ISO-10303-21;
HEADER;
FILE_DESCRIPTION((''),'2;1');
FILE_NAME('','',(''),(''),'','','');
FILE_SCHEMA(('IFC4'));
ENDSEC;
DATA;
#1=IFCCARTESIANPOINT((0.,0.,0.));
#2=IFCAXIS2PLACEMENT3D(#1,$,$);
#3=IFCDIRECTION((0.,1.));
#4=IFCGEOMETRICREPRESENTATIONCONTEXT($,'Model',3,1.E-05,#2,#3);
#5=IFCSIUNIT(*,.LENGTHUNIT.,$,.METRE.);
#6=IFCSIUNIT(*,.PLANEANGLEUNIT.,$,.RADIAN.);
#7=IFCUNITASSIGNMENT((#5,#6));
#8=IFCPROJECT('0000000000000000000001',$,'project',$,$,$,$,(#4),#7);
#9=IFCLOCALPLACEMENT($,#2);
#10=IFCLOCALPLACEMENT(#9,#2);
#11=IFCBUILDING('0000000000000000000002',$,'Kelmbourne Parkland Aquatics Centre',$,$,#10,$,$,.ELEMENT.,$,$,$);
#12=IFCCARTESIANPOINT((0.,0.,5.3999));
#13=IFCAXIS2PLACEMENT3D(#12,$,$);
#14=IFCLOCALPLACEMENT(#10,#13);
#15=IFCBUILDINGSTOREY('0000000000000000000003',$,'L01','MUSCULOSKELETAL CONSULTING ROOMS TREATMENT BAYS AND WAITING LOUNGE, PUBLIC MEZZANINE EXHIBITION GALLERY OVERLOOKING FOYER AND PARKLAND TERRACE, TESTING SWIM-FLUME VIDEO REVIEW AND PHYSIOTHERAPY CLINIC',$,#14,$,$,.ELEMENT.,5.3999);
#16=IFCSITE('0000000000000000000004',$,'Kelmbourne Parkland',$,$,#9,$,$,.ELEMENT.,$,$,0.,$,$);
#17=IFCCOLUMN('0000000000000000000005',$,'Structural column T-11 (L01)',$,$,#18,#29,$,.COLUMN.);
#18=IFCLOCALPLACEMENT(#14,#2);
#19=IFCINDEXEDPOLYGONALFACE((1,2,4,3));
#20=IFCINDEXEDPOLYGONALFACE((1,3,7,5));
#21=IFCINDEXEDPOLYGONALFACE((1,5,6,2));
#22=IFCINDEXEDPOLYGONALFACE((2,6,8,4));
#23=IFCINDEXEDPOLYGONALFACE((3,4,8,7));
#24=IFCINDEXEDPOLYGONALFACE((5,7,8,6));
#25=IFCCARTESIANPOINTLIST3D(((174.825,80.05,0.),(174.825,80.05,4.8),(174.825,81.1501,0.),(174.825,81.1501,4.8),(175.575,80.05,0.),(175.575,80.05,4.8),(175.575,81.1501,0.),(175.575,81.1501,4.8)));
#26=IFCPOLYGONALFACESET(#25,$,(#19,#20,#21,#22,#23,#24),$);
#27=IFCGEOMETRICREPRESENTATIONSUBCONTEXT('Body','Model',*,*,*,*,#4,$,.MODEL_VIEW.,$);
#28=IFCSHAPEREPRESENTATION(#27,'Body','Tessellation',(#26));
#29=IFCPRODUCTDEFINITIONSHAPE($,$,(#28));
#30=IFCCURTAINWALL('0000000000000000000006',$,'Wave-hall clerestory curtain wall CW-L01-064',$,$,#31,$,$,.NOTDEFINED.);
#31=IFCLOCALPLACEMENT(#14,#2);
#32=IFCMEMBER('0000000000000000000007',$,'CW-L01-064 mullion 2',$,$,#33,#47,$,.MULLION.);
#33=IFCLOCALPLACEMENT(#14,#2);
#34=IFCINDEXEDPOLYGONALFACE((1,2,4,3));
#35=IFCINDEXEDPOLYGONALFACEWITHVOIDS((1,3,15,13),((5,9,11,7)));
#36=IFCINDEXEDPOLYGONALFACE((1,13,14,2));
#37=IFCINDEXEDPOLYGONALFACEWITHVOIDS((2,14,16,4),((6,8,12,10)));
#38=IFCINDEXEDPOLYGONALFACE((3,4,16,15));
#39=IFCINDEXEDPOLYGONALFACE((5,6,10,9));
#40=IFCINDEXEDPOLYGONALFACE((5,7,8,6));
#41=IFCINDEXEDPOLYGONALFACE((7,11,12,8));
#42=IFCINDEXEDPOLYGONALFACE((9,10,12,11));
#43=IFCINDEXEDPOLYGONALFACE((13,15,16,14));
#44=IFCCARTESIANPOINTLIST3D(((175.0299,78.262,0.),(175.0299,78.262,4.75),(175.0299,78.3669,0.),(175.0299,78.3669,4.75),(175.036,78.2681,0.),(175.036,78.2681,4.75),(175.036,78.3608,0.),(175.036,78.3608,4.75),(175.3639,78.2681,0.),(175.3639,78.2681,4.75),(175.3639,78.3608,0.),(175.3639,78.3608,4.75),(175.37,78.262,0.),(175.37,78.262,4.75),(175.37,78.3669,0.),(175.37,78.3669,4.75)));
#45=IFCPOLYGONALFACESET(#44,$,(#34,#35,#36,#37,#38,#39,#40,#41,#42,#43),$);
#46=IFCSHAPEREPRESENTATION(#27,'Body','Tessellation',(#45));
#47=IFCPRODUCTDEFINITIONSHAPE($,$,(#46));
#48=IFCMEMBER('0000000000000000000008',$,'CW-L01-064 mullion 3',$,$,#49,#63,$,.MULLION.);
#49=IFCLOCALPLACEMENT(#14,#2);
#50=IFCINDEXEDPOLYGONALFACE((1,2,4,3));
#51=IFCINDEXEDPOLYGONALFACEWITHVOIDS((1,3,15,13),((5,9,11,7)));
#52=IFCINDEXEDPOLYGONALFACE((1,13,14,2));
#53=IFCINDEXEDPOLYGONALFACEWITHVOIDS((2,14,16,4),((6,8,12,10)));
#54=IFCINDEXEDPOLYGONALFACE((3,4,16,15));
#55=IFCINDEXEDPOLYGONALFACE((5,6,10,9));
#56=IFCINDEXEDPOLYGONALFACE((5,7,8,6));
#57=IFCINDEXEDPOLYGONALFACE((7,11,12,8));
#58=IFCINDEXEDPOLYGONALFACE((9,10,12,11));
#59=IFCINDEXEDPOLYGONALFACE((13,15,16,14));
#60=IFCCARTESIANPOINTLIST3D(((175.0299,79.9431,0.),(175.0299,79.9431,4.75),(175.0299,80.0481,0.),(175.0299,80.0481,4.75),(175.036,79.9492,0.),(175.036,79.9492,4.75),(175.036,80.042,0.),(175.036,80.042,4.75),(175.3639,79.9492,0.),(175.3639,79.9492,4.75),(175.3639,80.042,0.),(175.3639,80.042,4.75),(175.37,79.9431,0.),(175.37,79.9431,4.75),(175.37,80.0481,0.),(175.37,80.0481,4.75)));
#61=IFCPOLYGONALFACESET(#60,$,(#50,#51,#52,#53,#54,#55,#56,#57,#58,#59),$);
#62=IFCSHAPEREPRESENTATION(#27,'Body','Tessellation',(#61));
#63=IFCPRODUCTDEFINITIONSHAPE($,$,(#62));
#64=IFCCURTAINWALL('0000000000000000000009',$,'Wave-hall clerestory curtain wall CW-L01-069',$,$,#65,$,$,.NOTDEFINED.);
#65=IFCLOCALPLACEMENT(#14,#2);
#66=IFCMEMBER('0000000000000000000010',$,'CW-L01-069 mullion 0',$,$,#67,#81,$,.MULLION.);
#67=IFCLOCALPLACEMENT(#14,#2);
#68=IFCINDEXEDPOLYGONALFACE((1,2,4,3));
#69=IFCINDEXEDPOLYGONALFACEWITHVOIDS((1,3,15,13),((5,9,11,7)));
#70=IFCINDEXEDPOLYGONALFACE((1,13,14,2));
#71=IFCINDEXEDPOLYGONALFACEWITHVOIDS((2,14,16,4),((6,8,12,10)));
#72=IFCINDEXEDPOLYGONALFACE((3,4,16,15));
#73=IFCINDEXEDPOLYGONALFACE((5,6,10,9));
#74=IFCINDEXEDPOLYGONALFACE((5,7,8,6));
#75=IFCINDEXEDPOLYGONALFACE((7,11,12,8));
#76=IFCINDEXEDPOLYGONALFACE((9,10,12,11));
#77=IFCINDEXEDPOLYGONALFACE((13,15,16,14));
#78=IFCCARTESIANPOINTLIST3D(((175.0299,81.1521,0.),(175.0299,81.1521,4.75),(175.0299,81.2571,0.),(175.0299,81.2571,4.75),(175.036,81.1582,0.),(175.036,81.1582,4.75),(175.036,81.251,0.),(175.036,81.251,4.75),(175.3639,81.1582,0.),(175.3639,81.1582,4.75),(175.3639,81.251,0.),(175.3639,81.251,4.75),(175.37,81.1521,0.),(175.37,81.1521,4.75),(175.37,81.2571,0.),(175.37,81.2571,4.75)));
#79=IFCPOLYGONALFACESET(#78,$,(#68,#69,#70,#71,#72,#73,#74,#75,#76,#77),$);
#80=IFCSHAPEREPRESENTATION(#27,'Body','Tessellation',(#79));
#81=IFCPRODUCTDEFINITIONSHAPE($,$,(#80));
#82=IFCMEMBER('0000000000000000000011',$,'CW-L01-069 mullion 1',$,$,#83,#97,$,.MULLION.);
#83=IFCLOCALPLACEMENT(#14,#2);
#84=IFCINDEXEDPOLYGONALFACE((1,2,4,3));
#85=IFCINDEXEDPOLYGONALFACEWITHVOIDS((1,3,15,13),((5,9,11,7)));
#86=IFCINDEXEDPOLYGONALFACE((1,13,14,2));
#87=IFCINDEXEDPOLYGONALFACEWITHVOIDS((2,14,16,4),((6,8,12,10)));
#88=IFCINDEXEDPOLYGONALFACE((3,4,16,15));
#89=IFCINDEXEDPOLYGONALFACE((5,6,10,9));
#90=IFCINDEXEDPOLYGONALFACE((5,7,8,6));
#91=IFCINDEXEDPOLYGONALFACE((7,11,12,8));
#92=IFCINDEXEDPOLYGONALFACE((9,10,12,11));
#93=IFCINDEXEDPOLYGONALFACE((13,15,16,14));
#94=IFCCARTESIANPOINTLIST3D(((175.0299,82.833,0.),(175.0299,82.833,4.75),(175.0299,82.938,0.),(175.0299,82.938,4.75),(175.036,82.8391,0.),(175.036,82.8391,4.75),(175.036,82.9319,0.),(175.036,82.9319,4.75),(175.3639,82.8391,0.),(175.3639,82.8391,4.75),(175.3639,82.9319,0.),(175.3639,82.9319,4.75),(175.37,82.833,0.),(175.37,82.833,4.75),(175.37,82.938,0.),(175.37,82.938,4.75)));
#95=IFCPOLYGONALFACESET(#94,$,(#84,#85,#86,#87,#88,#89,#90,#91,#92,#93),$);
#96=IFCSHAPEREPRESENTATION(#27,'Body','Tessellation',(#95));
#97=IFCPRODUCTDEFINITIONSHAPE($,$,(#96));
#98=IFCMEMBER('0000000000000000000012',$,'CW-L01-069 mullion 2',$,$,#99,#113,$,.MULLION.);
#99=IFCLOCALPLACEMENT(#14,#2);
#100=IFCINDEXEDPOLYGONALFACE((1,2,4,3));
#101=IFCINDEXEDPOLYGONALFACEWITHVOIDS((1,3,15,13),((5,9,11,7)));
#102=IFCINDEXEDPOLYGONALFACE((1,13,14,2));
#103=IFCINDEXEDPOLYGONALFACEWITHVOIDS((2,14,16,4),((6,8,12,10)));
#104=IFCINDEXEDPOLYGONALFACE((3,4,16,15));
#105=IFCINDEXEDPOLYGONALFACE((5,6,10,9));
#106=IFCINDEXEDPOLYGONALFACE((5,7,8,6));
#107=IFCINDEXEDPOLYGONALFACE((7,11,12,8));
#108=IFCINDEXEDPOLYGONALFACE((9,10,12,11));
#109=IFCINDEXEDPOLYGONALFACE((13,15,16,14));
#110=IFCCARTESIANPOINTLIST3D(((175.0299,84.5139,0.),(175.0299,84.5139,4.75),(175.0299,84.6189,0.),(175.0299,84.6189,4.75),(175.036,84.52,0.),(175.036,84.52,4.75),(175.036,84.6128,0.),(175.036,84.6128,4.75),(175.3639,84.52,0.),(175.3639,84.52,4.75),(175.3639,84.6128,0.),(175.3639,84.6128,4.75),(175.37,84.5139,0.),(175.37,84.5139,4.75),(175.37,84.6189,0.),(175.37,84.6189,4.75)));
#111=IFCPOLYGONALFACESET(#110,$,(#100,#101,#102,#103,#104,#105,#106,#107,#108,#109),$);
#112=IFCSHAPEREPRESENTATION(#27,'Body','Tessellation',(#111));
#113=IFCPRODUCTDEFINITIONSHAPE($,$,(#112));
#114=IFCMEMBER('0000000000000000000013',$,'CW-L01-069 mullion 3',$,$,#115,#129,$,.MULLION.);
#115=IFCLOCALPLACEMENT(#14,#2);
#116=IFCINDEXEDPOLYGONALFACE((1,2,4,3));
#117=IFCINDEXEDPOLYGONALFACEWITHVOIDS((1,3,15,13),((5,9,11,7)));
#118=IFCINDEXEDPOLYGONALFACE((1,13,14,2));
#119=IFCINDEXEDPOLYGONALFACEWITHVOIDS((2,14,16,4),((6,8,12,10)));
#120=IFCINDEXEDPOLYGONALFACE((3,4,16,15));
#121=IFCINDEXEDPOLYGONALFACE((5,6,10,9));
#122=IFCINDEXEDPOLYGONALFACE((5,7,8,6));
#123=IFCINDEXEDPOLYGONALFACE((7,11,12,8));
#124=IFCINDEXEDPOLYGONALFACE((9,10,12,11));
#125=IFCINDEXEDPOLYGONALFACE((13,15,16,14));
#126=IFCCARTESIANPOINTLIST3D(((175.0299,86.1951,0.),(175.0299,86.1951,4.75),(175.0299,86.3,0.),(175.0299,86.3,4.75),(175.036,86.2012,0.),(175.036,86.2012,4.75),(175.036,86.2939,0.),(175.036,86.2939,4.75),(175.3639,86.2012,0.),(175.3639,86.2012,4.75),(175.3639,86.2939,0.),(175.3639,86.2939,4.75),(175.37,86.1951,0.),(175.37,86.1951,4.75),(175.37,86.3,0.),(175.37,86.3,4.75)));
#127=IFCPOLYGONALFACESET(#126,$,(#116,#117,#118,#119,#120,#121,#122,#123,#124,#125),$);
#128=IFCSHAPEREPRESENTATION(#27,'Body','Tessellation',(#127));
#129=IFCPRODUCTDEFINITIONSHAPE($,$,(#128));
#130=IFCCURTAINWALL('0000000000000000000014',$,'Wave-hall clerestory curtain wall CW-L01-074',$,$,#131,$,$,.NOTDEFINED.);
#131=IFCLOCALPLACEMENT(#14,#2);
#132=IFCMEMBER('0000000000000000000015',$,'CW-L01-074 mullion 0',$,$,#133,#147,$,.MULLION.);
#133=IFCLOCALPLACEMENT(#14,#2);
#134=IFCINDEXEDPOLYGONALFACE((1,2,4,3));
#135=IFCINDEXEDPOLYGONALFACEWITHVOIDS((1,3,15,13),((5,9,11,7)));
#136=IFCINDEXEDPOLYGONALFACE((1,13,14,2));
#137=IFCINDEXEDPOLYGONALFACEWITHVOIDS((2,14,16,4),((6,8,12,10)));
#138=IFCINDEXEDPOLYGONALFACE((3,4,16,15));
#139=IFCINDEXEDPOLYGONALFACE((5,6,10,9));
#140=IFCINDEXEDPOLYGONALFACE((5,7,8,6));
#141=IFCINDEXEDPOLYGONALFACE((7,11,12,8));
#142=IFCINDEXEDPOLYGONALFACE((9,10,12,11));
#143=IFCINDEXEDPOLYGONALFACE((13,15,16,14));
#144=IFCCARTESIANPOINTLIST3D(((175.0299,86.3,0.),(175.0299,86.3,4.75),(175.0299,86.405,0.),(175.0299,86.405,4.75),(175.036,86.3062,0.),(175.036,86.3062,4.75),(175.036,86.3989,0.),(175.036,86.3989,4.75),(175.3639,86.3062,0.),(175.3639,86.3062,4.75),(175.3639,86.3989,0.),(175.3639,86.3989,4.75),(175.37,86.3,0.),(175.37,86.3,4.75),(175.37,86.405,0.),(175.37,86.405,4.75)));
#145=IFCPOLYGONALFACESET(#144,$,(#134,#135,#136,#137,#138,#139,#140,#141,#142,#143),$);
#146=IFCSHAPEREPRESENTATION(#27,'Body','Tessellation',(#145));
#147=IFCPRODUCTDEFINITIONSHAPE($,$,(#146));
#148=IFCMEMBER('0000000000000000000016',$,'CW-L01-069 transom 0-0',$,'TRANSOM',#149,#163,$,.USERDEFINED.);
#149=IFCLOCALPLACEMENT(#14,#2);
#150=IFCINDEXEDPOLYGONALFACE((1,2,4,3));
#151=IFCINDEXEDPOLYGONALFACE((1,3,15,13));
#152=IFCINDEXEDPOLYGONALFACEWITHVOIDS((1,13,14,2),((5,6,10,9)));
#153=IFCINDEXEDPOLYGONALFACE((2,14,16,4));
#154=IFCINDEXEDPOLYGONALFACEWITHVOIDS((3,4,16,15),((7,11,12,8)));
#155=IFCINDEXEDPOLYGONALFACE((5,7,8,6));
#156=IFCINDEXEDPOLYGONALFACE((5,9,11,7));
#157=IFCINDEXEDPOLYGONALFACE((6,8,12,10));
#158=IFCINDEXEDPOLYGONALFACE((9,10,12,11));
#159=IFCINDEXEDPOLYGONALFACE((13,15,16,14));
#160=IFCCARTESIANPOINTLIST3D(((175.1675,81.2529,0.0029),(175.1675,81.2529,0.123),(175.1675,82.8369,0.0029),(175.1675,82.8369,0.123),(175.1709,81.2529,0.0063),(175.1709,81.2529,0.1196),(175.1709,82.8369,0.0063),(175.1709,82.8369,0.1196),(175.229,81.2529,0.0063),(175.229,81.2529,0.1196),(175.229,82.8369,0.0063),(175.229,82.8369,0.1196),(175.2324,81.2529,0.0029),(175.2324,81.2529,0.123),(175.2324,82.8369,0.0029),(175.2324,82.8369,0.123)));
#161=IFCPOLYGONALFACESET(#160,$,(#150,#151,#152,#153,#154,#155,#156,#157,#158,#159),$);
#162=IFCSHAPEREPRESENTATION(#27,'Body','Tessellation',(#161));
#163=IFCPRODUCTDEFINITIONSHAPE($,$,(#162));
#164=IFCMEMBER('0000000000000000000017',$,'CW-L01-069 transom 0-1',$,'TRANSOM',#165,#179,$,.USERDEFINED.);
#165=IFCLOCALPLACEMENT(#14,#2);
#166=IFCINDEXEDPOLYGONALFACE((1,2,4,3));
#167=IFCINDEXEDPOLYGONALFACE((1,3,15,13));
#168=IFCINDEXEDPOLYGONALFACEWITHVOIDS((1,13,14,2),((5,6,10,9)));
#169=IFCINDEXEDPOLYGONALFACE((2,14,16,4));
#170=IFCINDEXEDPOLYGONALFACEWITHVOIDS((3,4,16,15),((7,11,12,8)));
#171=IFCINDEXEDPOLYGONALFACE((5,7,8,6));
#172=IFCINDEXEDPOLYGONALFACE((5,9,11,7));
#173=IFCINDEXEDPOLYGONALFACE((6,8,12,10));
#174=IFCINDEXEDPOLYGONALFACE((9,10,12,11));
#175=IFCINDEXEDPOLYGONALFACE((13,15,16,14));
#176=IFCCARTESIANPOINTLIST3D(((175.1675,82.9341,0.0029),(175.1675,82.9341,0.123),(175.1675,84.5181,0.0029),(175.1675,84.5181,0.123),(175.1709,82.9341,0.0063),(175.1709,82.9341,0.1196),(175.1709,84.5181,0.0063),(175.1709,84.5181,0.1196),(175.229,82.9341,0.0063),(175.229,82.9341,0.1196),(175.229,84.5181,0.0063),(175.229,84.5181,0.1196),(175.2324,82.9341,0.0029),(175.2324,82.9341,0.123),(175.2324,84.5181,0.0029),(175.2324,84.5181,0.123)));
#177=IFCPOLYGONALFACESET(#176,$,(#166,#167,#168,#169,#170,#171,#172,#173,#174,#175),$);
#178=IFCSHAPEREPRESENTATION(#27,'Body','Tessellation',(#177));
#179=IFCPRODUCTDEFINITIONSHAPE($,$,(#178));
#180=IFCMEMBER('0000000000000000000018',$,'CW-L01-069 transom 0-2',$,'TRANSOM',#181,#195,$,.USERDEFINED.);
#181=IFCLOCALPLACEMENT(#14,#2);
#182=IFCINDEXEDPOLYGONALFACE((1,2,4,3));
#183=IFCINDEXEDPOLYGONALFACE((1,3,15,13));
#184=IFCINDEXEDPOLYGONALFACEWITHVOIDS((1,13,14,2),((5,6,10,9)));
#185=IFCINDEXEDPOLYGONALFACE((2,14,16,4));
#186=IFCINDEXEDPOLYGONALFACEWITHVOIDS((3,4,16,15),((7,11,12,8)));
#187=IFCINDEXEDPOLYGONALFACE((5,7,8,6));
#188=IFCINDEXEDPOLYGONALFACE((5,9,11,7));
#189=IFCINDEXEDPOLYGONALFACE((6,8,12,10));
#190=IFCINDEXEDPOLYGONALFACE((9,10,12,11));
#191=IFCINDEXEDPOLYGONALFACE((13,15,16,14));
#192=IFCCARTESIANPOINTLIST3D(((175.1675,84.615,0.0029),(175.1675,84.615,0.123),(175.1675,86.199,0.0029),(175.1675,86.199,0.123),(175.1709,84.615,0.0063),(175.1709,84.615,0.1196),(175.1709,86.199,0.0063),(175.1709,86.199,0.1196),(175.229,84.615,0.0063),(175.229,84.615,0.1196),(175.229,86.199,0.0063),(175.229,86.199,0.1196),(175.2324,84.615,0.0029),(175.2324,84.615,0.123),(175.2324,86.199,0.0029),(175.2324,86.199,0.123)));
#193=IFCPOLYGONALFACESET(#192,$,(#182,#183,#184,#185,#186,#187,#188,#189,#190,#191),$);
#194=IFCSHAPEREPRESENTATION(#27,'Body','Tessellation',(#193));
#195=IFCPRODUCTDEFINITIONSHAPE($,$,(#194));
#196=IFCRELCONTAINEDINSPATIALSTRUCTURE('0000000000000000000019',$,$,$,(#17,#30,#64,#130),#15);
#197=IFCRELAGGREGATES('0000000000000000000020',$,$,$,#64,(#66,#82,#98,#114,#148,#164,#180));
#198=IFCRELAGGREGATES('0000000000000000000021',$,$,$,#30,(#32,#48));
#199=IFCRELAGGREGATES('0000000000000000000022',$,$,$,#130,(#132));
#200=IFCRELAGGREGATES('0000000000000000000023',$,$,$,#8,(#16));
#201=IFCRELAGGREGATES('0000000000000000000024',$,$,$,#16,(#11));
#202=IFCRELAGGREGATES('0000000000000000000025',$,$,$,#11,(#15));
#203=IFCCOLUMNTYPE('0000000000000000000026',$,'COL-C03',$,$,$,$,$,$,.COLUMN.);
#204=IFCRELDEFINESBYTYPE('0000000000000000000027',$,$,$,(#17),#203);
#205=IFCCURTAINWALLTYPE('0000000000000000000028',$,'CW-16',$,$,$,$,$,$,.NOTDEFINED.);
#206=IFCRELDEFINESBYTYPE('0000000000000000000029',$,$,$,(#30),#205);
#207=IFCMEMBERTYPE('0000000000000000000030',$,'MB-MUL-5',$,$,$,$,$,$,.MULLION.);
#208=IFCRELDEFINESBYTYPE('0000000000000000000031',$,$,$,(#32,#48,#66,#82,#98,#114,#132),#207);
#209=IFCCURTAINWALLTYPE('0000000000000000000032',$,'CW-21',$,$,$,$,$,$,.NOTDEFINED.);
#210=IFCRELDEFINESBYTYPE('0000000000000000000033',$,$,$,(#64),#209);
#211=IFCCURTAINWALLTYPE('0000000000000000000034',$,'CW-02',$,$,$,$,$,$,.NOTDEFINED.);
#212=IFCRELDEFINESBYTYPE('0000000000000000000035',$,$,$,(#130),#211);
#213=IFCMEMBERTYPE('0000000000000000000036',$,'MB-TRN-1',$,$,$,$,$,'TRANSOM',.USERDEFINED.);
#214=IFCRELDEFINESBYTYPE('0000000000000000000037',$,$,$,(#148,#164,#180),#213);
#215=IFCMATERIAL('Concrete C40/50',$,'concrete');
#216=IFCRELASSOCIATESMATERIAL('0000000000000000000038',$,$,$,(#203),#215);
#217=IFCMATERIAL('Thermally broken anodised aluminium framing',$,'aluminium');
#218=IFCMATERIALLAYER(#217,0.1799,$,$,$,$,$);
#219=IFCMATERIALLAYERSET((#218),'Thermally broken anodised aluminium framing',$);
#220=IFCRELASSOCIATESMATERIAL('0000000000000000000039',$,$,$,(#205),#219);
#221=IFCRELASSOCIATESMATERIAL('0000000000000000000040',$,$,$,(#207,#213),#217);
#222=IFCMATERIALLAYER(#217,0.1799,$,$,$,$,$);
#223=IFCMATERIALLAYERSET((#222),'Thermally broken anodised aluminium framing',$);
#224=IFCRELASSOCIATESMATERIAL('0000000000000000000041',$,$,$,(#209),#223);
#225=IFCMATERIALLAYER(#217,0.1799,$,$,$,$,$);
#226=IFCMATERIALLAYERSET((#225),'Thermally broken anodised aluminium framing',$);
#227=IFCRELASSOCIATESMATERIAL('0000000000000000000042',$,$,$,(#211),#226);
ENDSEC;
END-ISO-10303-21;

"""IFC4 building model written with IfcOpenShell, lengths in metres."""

from ifc_helpers import new_model, si_unit, direction, frame, origin, origin_2d, place, context, subcontext, project, spatial, rectangle, hollow_rectangle, extrude, material, layer, layer_set, material_profile, profile_set, type_object, element, aggregate, save


model = new_model("IFC4")

# Units and contexts
model_context = context("Model", 3, precision=1e-05, world=origin(), true_north=direction((0.0, 1.0)))
body_context = subcontext(model_context, "Body", "Model", "MODEL_VIEW")
ifc_project = project(units=[si_unit("LENGTHUNIT", "METRE"), si_unit("PLANEANGLEUNIT", "RADIAN")], contexts=[model_context])

# Site, building, storey
site_placement = place(None, origin())
site = spatial("IfcSite", under=ifc_project, at=site_placement, Name="Kelmbourne Parkland", CompositionType="ELEMENT", RefElevation=0.0)
building_placement = place(site_placement, origin())
building = spatial("IfcBuilding", under=site, at=building_placement, Name="Kelmbourne Parkland Aquatics Centre", CompositionType="ELEMENT")
storey_placement = place(building_placement, frame((0.0, 0.0, 5.3999)))
storey = spatial("IfcBuildingStorey", under=building, at=storey_placement, Name="L01", Description="MUSCULOSKELETAL CONSULTING ROOMS TREATMENT BAYS AND WAITING LOUNGE, PUBLIC MEZZANINE EXHIBITION GALLERY OVERLOOKING FOYER AND PARKLAND TERRACE, TESTING SWIM-FLUME VIDEO REVIEW AND PHYSIOTHERAPY CLINIC", CompositionType="ELEMENT", Elevation=5.3999)

# Column
ifc_material_1 = material(Name="Concrete C40/50", Category="concrete")
ifc_material_profile_1 = material_profile(ifc_material_1, rectangle(XDim=0.75, YDim=1.1001, at=origin_2d()), Name="RC 750x1100")
ifc_profile_set_1 = profile_set([ifc_material_profile_1], Name="Concrete C40/50")
column_type = type_object("IfcColumnType", Name="COL-C03", PredefinedType="COLUMN", material=ifc_profile_set_1)
column_placement = place(storey_placement, frame((175.2, 80.6001, 0.0), z_axis=(0.0, 0.0, 1.0), x_axis=(1.0, 0.0, 0.0)))
element("IfcColumn", 1, at=column_placement, inside=storey, type_object=column_type, Name="Structural column T-11 (L01)", PredefinedType="COLUMN", context=body_context, shape_type="SweptSolid", body=[
    extrude(rectangle(XDim=0.75, YDim=1.1001, at=origin_2d()), origin(), (0.0, 0.0, 1.0), 4.8),
])

# Curtain walls, members
ifc_material_2 = material(Name="Thermally broken anodised aluminium framing", Category="aluminium")
ifc_layer_1 = layer(ifc_material_2, 0.1799)
ifc_layer_set_1 = layer_set([ifc_layer_1], Name="Thermally broken anodised aluminium framing")
curtain_wall_type_1 = type_object("IfcCurtainWallType", Name="CW-16", PredefinedType="NOTDEFINED", material=ifc_layer_set_1)
curtain_wall_1_placement = place(storey_placement, origin())
curtain_wall_1 = element("IfcCurtainWall", 2, at=curtain_wall_1_placement, inside=storey, type_object=curtain_wall_type_1, Name="Wave-hall clerestory curtain wall CW-L01-064", PredefinedType="NOTDEFINED")
ifc_material_profile_2 = material_profile(ifc_material_2, hollow_rectangle(XDim=0.105, YDim=0.3401, WallThickness=0.0061, at=origin_2d()), Name="CW-M 105x340")
ifc_profile_set_2 = profile_set([ifc_material_profile_2], Name="Thermally broken anodised aluminium framing")
member_type_1 = type_object("IfcMemberType", Name="MB-MUL-5", PredefinedType="MULLION", material=ifc_profile_set_2)
member_1_placement = place(storey_placement, frame((175.2, 78.3145, 0.0), z_axis=(0.0, 0.0, 1.0), x_axis=(0.0, 1.0, 0.0)))
member_1 = element("IfcMember", 3, at=member_1_placement, type_object=member_type_1, Name="CW-L01-064 mullion 2", PredefinedType="MULLION", context=body_context, shape_type="SweptSolid", body=[
    extrude(hollow_rectangle(XDim=0.105, YDim=0.3401, WallThickness=0.0061, at=origin_2d()), origin(), (0.0, 0.0, 1.0), 4.75),
])
member_2_placement = place(storey_placement, frame((175.2, 79.9956, 0.0), z_axis=(0.0, 0.0, 1.0), x_axis=(0.0, 1.0, 0.0)))
member_2 = element("IfcMember", 4, at=member_2_placement, type_object=member_type_1, Name="CW-L01-064 mullion 3", PredefinedType="MULLION", context=body_context, shape_type="SweptSolid", body=[
    extrude(hollow_rectangle(XDim=0.105, YDim=0.3401, WallThickness=0.0061, at=origin_2d()), origin(), (0.0, 0.0, 1.0), 4.75),
])
ifc_layer_2 = layer(ifc_material_2, 0.1799)
ifc_layer_set_2 = layer_set([ifc_layer_2], Name="Thermally broken anodised aluminium framing")
curtain_wall_type_2 = type_object("IfcCurtainWallType", Name="CW-21", PredefinedType="NOTDEFINED", material=ifc_layer_set_2)
curtain_wall_2_placement = place(storey_placement, origin())
curtain_wall_2 = element("IfcCurtainWall", 5, at=curtain_wall_2_placement, inside=storey, type_object=curtain_wall_type_2, Name="Wave-hall clerestory curtain wall CW-L01-069", PredefinedType="NOTDEFINED")
member_3_placement = place(storey_placement, frame((175.2, 81.2046, 0.0), z_axis=(0.0, 0.0, 1.0), x_axis=(0.0, 1.0, 0.0)))
member_3 = element("IfcMember", 6, at=member_3_placement, type_object=member_type_1, Name="CW-L01-069 mullion 0", PredefinedType="MULLION", context=body_context, shape_type="SweptSolid", body=[
    extrude(hollow_rectangle(XDim=0.105, YDim=0.3401, WallThickness=0.0061, at=origin_2d()), origin(), (0.0, 0.0, 1.0), 4.75),
])
member_4_placement = place(storey_placement, frame((175.2, 82.8855, 0.0), z_axis=(0.0, 0.0, 1.0), x_axis=(0.0, 1.0, 0.0)))
member_4 = element("IfcMember", 7, at=member_4_placement, type_object=member_type_1, Name="CW-L01-069 mullion 1", PredefinedType="MULLION", context=body_context, shape_type="SweptSolid", body=[
    extrude(hollow_rectangle(XDim=0.105, YDim=0.3401, WallThickness=0.0061, at=origin_2d()), origin(), (0.0, 0.0, 1.0), 4.75),
])
member_5_placement = place(storey_placement, frame((175.2, 84.5664, 0.0), z_axis=(0.0, 0.0, 1.0), x_axis=(0.0, 1.0, 0.0)))
member_5 = element("IfcMember", 8, at=member_5_placement, type_object=member_type_1, Name="CW-L01-069 mullion 2", PredefinedType="MULLION", context=body_context, shape_type="SweptSolid", body=[
    extrude(hollow_rectangle(XDim=0.105, YDim=0.3401, WallThickness=0.0061, at=origin_2d()), origin(), (0.0, 0.0, 1.0), 4.75),
])
member_6_placement = place(storey_placement, frame((175.2, 86.2476, 0.0), z_axis=(0.0, 0.0, 1.0), x_axis=(0.0, 1.0, 0.0)))
member_6 = element("IfcMember", 9, at=member_6_placement, type_object=member_type_1, Name="CW-L01-069 mullion 3", PredefinedType="MULLION", context=body_context, shape_type="SweptSolid", body=[
    extrude(hollow_rectangle(XDim=0.105, YDim=0.3401, WallThickness=0.0061, at=origin_2d()), origin(), (0.0, 0.0, 1.0), 4.75),
])

# Curtain wall, member
ifc_layer_3 = layer(ifc_material_2, 0.1799)
ifc_layer_set_3 = layer_set([ifc_layer_3], Name="Thermally broken anodised aluminium framing")
curtain_wall_type_3 = type_object("IfcCurtainWallType", Name="CW-02", PredefinedType="NOTDEFINED", material=ifc_layer_set_3)
curtain_wall_3_placement = place(storey_placement, origin())
curtain_wall_3 = element("IfcCurtainWall", 10, at=curtain_wall_3_placement, inside=storey, type_object=curtain_wall_type_3, Name="Wave-hall clerestory curtain wall CW-L01-074", PredefinedType="NOTDEFINED")
member_7_placement = place(storey_placement, frame((175.2, 86.3525, 0.0), z_axis=(0.0, 0.0, 1.0), x_axis=(0.0, 1.0, 0.0)))
member_7 = element("IfcMember", 11, at=member_7_placement, type_object=member_type_1, Name="CW-L01-074 mullion 0", PredefinedType="MULLION", context=body_context, shape_type="SweptSolid", body=[
    extrude(hollow_rectangle(XDim=0.105, YDim=0.3401, WallThickness=0.0061, at=origin_2d()), origin(), (0.0, 0.0, 1.0), 4.75),
])

# Members
ifc_material_profile_3 = material_profile(ifc_material_2, hollow_rectangle(XDim=0.0649, YDim=0.1201, WallThickness=0.0034, at=origin_2d()), Name="CW-T 65x120")
ifc_profile_set_3 = profile_set([ifc_material_profile_3], Name="Thermally broken anodised aluminium framing")
member_type_2 = type_object("IfcMemberType", Name="MB-TRN-1", ElementType="TRANSOM", PredefinedType="USERDEFINED", material=ifc_profile_set_3)
member_8_placement = place(storey_placement, frame((175.2, 81.2529, 0.063), z_axis=(0.0, 1.0, 0.0), x_axis=(-1.0, 0.0, 0.0)))
member_8 = element("IfcMember", 12, at=member_8_placement, type_object=member_type_2, Name="CW-L01-069 transom 0-0", ObjectType="TRANSOM", PredefinedType="USERDEFINED", context=body_context, shape_type="SweptSolid", body=[
    extrude(hollow_rectangle(XDim=0.0649, YDim=0.1201, WallThickness=0.0034, at=origin_2d()), origin(), (0.0, 0.0, 1.0), 1.584),
])
member_9_placement = place(storey_placement, frame((175.2, 82.9341, 0.063), z_axis=(0.0, 1.0, 0.0), x_axis=(-1.0, 0.0, 0.0)))
member_9 = element("IfcMember", 13, at=member_9_placement, type_object=member_type_2, Name="CW-L01-069 transom 0-1", ObjectType="TRANSOM", PredefinedType="USERDEFINED", context=body_context, shape_type="SweptSolid", body=[
    extrude(hollow_rectangle(XDim=0.0649, YDim=0.1201, WallThickness=0.0034, at=origin_2d()), origin(), (0.0, 0.0, 1.0), 1.584),
])
member_10_placement = place(storey_placement, frame((175.2, 84.615, 0.063), z_axis=(0.0, 1.0, 0.0), x_axis=(-1.0, 0.0, 0.0)))
member_10 = element("IfcMember", 14, at=member_10_placement, type_object=member_type_2, Name="CW-L01-069 transom 0-2", ObjectType="TRANSOM", PredefinedType="USERDEFINED", context=body_context, shape_type="SweptSolid", body=[
    extrude(hollow_rectangle(XDim=0.0649, YDim=0.1201, WallThickness=0.0034, at=origin_2d()), origin(), (0.0, 0.0, 1.0), 1.584),
])

aggregate(curtain_wall_2, [member_3, member_4, member_5, member_6, member_8, member_9, member_10])
aggregate(curtain_wall_1, [member_1, member_2])
aggregate(curtain_wall_3, [member_7])

save(model, "model.ifc")
